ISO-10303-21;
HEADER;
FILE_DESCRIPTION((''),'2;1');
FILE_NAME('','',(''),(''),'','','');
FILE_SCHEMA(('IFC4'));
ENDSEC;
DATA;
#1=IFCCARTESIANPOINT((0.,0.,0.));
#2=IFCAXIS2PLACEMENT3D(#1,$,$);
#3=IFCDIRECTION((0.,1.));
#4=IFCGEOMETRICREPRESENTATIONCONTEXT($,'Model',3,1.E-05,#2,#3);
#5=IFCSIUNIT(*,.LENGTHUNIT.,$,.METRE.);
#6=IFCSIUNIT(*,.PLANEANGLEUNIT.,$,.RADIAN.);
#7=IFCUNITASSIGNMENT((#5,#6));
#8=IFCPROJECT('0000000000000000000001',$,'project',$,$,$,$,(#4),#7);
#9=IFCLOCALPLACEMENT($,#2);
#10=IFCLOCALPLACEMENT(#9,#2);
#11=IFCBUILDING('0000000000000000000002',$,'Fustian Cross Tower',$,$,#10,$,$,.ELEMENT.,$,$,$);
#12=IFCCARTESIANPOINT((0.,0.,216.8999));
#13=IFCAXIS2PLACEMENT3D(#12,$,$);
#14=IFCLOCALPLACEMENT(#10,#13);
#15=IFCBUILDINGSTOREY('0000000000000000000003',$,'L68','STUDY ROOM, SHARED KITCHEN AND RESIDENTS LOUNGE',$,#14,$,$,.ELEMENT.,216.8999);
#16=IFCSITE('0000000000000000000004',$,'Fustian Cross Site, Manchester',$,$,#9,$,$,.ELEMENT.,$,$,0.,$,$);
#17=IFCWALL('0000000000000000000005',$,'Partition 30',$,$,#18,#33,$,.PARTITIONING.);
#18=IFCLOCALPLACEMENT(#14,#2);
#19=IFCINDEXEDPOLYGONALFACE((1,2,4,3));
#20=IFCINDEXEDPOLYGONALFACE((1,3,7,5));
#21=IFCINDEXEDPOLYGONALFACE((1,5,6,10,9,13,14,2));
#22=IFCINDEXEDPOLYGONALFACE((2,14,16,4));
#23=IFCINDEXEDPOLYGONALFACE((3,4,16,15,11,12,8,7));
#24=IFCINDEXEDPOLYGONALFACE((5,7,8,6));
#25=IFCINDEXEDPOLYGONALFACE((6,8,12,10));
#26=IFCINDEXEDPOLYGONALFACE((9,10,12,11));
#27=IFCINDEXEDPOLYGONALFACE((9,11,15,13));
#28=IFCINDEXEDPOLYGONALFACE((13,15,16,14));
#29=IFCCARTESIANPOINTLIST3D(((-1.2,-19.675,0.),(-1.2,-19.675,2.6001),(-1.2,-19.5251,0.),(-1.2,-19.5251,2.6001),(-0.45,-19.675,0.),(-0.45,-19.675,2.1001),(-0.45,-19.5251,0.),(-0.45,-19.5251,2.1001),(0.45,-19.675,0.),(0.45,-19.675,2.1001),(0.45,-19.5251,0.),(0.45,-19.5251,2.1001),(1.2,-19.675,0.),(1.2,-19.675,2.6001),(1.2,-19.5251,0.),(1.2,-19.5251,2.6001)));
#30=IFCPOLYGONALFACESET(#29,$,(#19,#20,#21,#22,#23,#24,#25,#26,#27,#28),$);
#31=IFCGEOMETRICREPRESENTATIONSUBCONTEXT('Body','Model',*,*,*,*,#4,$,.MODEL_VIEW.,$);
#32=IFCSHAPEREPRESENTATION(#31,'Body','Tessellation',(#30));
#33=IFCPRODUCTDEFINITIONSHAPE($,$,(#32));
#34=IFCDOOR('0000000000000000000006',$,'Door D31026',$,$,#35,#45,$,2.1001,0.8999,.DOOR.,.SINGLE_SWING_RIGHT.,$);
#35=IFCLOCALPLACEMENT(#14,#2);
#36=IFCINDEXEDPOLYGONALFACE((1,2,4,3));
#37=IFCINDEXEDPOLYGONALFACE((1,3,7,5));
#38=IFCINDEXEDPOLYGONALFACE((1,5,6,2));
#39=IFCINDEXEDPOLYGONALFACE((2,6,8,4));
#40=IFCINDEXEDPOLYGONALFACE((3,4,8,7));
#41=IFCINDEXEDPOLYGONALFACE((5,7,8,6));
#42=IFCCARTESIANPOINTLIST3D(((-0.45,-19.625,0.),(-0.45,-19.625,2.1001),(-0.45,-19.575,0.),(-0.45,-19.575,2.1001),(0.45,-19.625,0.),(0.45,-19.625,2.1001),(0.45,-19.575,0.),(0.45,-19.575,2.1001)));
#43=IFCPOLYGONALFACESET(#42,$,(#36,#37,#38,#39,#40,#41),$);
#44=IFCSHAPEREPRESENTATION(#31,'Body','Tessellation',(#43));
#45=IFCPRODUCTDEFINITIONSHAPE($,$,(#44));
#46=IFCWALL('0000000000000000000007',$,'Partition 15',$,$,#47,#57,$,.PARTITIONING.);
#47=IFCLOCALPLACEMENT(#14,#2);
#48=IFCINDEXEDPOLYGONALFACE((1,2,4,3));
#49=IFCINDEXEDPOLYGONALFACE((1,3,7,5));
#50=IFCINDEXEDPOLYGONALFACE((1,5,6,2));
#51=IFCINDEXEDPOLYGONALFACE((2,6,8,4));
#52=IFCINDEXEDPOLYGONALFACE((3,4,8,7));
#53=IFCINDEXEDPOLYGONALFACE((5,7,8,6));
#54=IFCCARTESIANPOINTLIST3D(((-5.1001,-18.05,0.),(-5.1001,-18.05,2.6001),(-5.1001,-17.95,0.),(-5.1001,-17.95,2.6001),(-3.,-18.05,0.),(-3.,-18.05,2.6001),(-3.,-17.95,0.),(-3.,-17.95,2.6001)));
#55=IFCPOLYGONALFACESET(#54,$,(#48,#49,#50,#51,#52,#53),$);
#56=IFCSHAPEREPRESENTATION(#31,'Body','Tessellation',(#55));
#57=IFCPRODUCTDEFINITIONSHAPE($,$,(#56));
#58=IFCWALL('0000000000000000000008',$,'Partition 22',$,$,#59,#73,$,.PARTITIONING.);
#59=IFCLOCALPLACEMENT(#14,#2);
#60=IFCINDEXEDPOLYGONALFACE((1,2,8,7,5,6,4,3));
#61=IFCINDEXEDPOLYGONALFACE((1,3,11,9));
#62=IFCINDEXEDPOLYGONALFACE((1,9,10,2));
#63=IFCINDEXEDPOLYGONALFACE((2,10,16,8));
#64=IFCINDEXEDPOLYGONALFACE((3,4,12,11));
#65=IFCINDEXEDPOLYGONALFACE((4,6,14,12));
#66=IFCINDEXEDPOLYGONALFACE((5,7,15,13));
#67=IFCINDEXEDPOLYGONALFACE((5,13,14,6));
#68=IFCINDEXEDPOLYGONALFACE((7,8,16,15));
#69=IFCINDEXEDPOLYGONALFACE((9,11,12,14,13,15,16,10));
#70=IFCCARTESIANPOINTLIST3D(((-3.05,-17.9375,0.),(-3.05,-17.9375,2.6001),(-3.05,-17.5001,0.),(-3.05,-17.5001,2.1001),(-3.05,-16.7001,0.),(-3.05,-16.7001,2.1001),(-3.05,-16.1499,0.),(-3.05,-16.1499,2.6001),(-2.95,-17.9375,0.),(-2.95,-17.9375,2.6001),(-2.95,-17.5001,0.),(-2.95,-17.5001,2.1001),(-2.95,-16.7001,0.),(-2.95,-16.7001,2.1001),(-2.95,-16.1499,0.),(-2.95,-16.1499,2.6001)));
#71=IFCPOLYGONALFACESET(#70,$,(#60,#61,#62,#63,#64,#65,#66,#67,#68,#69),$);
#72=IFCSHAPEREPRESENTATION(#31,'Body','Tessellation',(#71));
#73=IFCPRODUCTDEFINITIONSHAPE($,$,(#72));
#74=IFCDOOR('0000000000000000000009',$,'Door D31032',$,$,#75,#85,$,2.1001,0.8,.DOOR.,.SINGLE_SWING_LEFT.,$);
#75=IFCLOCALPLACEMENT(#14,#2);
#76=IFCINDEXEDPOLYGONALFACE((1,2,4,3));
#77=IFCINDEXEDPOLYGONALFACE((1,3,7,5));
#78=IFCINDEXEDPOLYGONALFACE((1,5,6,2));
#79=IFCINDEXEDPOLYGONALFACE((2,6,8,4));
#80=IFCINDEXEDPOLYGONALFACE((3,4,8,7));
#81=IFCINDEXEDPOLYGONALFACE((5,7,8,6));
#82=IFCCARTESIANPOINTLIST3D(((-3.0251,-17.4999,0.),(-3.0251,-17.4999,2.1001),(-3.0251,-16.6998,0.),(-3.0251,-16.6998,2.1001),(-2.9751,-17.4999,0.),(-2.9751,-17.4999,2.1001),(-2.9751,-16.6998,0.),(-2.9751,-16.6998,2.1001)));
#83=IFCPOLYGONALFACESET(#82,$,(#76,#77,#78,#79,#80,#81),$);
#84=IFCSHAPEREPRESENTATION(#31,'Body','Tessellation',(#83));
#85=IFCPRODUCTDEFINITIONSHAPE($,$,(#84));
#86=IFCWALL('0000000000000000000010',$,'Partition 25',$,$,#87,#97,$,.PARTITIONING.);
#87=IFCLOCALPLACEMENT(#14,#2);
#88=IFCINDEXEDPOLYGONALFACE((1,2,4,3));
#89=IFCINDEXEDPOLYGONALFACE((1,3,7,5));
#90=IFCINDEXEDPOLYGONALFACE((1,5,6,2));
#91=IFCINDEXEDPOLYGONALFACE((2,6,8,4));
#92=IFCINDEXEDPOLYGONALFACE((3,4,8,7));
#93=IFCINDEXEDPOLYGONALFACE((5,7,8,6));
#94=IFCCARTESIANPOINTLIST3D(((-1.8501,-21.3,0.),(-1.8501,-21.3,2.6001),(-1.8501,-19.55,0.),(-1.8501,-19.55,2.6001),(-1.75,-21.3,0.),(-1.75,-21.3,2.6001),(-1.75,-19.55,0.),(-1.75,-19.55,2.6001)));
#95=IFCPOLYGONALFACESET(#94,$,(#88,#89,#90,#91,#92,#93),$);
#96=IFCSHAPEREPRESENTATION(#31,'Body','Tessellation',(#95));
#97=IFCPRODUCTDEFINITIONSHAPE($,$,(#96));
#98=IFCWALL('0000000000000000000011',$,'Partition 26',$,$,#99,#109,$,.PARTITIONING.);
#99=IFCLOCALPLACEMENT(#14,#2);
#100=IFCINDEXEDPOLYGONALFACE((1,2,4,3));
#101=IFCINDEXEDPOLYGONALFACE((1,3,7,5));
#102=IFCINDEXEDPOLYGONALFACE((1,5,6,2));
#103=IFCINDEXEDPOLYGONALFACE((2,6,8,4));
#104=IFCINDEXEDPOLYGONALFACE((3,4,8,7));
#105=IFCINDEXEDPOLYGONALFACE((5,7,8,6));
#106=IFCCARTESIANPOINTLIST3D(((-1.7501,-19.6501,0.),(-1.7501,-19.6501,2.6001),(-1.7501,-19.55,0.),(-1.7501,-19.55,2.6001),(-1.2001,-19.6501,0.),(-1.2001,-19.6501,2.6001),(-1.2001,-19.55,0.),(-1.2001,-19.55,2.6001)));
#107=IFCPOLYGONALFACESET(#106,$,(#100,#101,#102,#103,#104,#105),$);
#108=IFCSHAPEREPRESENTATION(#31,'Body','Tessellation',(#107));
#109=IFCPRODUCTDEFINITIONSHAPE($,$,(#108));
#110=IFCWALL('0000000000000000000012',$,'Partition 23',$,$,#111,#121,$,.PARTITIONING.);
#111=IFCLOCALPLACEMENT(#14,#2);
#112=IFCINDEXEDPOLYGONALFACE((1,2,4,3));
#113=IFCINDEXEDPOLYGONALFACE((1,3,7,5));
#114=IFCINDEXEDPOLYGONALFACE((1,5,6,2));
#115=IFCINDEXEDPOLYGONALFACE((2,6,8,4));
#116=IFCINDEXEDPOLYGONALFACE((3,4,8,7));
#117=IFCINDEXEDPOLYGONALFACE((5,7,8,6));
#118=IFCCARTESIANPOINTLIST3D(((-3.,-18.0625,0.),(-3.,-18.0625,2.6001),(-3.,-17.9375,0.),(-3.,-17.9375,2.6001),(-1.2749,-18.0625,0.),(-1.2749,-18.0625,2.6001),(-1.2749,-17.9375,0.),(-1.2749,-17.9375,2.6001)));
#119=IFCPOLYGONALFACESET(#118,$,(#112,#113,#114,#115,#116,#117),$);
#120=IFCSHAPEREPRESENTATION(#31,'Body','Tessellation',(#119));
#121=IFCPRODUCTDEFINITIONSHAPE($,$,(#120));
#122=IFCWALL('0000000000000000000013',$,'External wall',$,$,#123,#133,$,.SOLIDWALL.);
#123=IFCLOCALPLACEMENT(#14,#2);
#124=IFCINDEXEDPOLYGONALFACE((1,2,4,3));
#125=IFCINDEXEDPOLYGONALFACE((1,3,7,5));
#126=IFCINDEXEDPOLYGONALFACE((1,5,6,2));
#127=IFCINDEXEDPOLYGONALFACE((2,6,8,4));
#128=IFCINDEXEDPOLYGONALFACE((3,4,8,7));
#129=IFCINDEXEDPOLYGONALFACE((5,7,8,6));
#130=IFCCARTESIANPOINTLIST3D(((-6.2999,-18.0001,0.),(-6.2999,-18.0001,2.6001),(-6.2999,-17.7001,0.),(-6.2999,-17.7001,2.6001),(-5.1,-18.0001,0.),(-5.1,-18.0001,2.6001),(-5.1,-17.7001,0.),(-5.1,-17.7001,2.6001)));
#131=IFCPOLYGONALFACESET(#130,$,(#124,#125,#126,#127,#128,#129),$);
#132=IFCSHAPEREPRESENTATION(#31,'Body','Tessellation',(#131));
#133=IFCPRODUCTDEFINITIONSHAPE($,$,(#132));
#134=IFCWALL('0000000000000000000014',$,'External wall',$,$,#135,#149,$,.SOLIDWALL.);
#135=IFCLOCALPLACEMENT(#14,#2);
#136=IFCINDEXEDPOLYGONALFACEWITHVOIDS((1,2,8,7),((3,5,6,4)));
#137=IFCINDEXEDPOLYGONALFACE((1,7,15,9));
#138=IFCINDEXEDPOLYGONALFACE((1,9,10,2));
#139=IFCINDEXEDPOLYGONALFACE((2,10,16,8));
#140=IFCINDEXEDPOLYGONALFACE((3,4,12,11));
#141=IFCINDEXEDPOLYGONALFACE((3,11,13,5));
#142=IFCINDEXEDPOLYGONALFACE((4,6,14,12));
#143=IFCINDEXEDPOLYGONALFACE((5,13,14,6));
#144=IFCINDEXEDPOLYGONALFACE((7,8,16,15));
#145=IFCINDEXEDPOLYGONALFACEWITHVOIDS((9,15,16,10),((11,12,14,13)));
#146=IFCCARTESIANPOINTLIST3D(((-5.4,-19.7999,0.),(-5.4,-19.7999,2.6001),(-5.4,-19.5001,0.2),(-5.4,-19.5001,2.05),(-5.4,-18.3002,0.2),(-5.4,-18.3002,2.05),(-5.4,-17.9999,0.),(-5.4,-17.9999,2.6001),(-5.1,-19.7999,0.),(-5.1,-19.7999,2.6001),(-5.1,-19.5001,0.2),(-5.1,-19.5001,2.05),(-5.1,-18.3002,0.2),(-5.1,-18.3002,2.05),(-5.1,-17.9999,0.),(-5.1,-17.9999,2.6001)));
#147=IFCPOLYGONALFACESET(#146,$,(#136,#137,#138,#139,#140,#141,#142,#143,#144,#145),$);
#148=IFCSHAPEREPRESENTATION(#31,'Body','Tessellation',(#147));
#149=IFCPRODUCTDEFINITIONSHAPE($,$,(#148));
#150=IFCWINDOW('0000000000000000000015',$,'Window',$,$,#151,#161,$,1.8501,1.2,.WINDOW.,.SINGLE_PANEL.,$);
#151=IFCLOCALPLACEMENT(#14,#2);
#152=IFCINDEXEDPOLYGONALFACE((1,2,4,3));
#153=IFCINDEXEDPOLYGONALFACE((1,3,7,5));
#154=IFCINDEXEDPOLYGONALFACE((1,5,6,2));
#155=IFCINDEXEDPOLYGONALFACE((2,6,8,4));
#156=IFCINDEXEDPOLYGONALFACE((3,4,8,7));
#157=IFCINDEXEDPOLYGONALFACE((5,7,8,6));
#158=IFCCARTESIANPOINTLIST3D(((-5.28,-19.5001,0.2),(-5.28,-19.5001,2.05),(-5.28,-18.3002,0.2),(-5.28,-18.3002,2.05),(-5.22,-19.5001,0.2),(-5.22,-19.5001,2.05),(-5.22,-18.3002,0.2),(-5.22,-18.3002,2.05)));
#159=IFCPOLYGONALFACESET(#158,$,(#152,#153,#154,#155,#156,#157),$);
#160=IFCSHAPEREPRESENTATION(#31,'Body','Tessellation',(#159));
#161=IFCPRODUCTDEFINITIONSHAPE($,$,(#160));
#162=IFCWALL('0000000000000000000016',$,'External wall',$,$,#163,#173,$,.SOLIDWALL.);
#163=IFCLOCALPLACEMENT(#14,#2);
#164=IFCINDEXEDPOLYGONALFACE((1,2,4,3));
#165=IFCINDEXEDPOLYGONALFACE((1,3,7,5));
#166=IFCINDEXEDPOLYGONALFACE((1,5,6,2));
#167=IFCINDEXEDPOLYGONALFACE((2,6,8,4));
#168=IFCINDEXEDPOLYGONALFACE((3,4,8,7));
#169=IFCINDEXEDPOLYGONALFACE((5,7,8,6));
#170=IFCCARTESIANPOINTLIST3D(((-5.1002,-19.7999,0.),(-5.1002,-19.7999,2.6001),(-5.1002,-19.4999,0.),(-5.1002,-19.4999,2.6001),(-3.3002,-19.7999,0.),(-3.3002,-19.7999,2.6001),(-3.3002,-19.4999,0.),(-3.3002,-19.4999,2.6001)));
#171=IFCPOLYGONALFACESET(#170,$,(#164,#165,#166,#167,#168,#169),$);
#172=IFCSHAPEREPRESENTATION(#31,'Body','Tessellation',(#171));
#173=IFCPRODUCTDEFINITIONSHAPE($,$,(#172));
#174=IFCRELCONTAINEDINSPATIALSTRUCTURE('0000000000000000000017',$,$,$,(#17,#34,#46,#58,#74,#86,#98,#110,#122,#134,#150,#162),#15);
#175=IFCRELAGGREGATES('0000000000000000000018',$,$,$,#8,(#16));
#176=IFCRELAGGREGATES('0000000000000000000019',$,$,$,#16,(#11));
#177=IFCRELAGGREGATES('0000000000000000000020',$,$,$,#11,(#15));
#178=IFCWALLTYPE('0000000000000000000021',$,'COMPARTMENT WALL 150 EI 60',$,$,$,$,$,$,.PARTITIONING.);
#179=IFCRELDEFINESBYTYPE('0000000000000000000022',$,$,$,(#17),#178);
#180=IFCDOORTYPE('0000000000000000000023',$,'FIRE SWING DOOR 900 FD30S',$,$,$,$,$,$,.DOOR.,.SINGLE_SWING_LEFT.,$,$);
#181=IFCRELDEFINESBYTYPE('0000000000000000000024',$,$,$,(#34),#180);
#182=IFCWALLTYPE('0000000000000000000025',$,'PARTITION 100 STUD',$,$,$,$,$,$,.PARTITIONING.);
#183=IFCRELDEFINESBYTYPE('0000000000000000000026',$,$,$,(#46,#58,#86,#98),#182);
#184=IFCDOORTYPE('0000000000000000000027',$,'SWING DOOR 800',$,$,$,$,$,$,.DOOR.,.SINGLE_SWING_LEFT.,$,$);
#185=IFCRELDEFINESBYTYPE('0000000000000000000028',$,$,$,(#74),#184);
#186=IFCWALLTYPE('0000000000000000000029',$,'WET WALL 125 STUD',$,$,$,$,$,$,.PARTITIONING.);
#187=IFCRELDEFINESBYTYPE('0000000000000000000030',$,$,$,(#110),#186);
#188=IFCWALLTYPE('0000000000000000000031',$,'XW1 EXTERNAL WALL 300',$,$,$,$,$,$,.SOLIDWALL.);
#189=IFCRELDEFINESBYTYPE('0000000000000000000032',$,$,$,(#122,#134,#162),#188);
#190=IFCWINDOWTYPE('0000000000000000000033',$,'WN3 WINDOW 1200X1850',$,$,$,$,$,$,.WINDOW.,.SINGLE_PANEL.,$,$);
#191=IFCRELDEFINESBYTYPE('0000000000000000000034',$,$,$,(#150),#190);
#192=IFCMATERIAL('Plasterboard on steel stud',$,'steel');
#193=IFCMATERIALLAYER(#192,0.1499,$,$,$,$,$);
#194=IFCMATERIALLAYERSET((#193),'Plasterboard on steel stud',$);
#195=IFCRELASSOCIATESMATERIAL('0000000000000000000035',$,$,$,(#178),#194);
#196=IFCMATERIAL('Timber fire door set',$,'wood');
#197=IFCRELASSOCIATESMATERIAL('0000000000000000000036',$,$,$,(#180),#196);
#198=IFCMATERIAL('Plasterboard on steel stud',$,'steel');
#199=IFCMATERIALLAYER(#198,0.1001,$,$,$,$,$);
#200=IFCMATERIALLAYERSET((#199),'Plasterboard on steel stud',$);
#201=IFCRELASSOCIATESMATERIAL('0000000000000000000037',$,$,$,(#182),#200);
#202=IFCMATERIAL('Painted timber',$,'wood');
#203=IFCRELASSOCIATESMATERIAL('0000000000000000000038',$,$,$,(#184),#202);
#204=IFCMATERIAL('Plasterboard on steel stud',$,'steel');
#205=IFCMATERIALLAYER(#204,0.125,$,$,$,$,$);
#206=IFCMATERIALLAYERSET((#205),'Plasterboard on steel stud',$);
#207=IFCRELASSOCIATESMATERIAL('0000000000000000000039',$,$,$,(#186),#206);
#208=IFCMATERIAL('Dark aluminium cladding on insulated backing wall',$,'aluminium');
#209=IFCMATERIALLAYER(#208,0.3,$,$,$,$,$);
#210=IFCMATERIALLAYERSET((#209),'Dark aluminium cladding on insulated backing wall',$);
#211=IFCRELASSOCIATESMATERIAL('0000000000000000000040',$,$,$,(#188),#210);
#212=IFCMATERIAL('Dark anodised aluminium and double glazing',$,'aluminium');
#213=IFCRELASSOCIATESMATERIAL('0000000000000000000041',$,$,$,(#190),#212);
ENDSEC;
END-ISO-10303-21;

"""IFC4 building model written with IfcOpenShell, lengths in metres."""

from ifc_helpers import new_model, si_unit, direction, frame, frame_2d, origin, place, context, subcontext, project, spatial, rectangle, extrude, material, layer, layer_set, type_object, element, fill, save


model = new_model("IFC4")

# Units and contexts
model_context = context("Model", 3, precision=1e-05, world=origin(), true_north=direction((0.0, 1.0)))
body_context = subcontext(model_context, "Body", "Model", "MODEL_VIEW")
ifc_project = project(units=[si_unit("LENGTHUNIT", "METRE"), si_unit("PLANEANGLEUNIT", "RADIAN")], contexts=[model_context])

# Site, building, storey
site_placement = place(None, origin())
site = spatial("IfcSite", under=ifc_project, at=site_placement, Name="Fustian Cross Site, Manchester", CompositionType="ELEMENT", RefElevation=0.0)
building_placement = place(site_placement, origin())
building = spatial("IfcBuilding", under=site, at=building_placement, Name="Fustian Cross Tower", CompositionType="ELEMENT")
storey_placement = place(building_placement, frame((0.0, 0.0, 216.8999)))
storey = spatial("IfcBuildingStorey", under=building, at=storey_placement, Name="L68", Description="STUDY ROOM, SHARED KITCHEN AND RESIDENTS LOUNGE", CompositionType="ELEMENT", Elevation=216.8999)

# Shared definitions
ifc_material_1 = material(Name="Plasterboard on steel stud", Category="steel")
ifc_layer_1 = layer(ifc_material_1, 0.1499)
ifc_layer_set_1 = layer_set([ifc_layer_1], Name="Plasterboard on steel stud")
wall_type_1 = type_object("IfcWallType", Name="COMPARTMENT WALL 150 EI 60", PredefinedType="PARTITIONING", material=ifc_layer_set_1)
ifc_material_2 = material(Name="Timber fire door set", Category="wood")
door_type_1 = type_object("IfcDoorType", Name="FIRE SWING DOOR 900 FD30S", OperationType="SINGLE_SWING_LEFT", PredefinedType="DOOR", material=ifc_material_2)

# Wall, opening, door
wall_1_placement = place(storey_placement, frame((-1.2, -19.6001, 0.0), z_axis=(0.0, 0.0, 1.0), x_axis=(1.0, 0.0, 0.0)))
wall_1 = element("IfcWall", 1, at=wall_1_placement, inside=storey, type_object=wall_type_1, Name="Partition 30", PredefinedType="PARTITIONING", context=body_context, shape_type="SweptSolid", body=[
    extrude(rectangle(XDim=2.3999, YDim=0.1499, at=frame_2d((1.2, 0.0))), origin(), (0.0, 0.0, 1.0), 2.6001),
])
opening_1_placement = place(wall_1_placement, frame((0.75, 0.0, 0.0)))
opening_1 = element("IfcOpeningElement", 2, at=opening_1_placement, cuts=wall_1, PredefinedType="OPENING", context=body_context, shape_type="SweptSolid", body=[
    extrude(rectangle(XDim=0.8999, YDim=2.1001, at=frame_2d((0.45, 1.05))), frame((0.0, 0.085, 0.0), z_axis=(0.0, -1.0, 0.0), x_axis=(1.0, 0.0, 0.0)), (0.0, 0.0, 1.0), 0.1699),
])
door_1_placement = place(opening_1_placement, frame((0.8999, 0.0, 0.0), z_axis=(0.0, 0.0, 1.0), x_axis=(-1.0, 0.0, 0.0)))
door_1 = element("IfcDoor", 3, at=door_1_placement, inside=storey, type_object=door_type_1, Name="Door D31026", OperationType="SINGLE_SWING_RIGHT", OverallHeight=2.1001, OverallWidth=0.8999, PredefinedType="DOOR", context=body_context, shape_type="SweptSolid", body=[
    extrude(rectangle(XDim=0.8999, YDim=2.1001, at=frame_2d((0.45, 1.05))), frame((0.0, 0.0249, 0.0), z_axis=(0.0, -1.0, 0.0), x_axis=(1.0, 0.0, 0.0)), (0.0, 0.0, 1.0), 0.05),
])
fill(opening_1, door_1)

# Wall
ifc_material_3 = material(Name="Plasterboard on steel stud", Category="steel")
ifc_layer_2 = layer(ifc_material_3, 0.1001)
ifc_layer_set_2 = layer_set([ifc_layer_2], Name="Plasterboard on steel stud")
wall_type_2 = type_object("IfcWallType", Name="PARTITION 100 STUD", PredefinedType="PARTITIONING", material=ifc_layer_set_2)
wall_2_placement = place(storey_placement, frame((-5.1001, -18.0, 0.0), z_axis=(0.0, 0.0, 1.0), x_axis=(1.0, 0.0, 0.0)))
element("IfcWall", 4, at=wall_2_placement, inside=storey, type_object=wall_type_2, Name="Partition 15", PredefinedType="PARTITIONING", context=body_context, shape_type="SweptSolid", body=[
    extrude(rectangle(XDim=2.1001, YDim=0.1001, at=frame_2d((1.05, 0.0))), origin(), (0.0, 0.0, 1.0), 2.6001),
])

# Wall, opening, door
wall_3_placement = place(storey_placement, frame((-3.0, -17.9375, 0.0), z_axis=(0.0, 0.0, 1.0), x_axis=(0.0, 1.0, 0.0)))
wall_3 = element("IfcWall", 5, at=wall_3_placement, inside=storey, type_object=wall_type_2, Name="Partition 22", PredefinedType="PARTITIONING", context=body_context, shape_type="SweptSolid", body=[
    extrude(rectangle(XDim=1.7876, YDim=0.1001, at=frame_2d((0.8938, 0.0))), origin(), (0.0, 0.0, 1.0), 2.6001),
])
opening_2_placement = place(wall_3_placement, frame((0.4375, 0.0, 0.0)))
opening_2 = element("IfcOpeningElement", 6, at=opening_2_placement, cuts=wall_3, PredefinedType="OPENING", context=body_context, shape_type="SweptSolid", body=[
    extrude(rectangle(XDim=0.8, YDim=2.1001, at=frame_2d((0.3999, 1.05))), frame((0.0, 0.0601, 0.0), z_axis=(0.0, -1.0, 0.0), x_axis=(1.0, 0.0, 0.0)), (0.0, 0.0, 1.0), 0.1201),
])
ifc_material_4 = material(Name="Painted timber", Category="wood")
door_type_2 = type_object("IfcDoorType", Name="SWING DOOR 800", OperationType="SINGLE_SWING_LEFT", PredefinedType="DOOR", material=ifc_material_4)
door_2_placement = place(opening_2_placement, frame((0.8, 0.0, 0.0), z_axis=(0.0, 0.0, 1.0), x_axis=(-1.0, 0.0, 0.0)))
door_2 = element("IfcDoor", 7, at=door_2_placement, inside=storey, type_object=door_type_2, Name="Door D31032", OperationType="SINGLE_SWING_LEFT", OverallHeight=2.1001, OverallWidth=0.8, PredefinedType="DOOR", context=body_context, shape_type="SweptSolid", body=[
    extrude(rectangle(XDim=0.8, YDim=2.1001, at=frame_2d((0.3999, 1.05))), frame((0.0, 0.0249, 0.0), z_axis=(0.0, -1.0, 0.0), x_axis=(1.0, 0.0, 0.0)), (0.0, 0.0, 1.0), 0.05),
])
fill(opening_2, door_2)

# Walls
wall_4_placement = place(storey_placement, frame((-1.8, -21.3, 0.0), z_axis=(0.0, 0.0, 1.0), x_axis=(0.0, 1.0, 0.0)))
element("IfcWall", 8, at=wall_4_placement, inside=storey, type_object=wall_type_2, Name="Partition 25", PredefinedType="PARTITIONING", context=body_context, shape_type="SweptSolid", body=[
    extrude(rectangle(XDim=1.75, YDim=0.1001, at=frame_2d((0.875, 0.0))), origin(), (0.0, 0.0, 1.0), 2.6001),
])
wall_5_placement = place(storey_placement, frame((-1.75, -19.6001, 0.0), z_axis=(0.0, 0.0, 1.0), x_axis=(1.0, 0.0, 0.0)))
element("IfcWall", 9, at=wall_5_placement, inside=storey, type_object=wall_type_2, Name="Partition 26", PredefinedType="PARTITIONING", context=body_context, shape_type="SweptSolid", body=[
    extrude(rectangle(XDim=0.55, YDim=0.1001, at=frame_2d((0.2749, 0.0))), origin(), (0.0, 0.0, 1.0), 2.6001),
])
ifc_material_5 = material(Name="Plasterboard on steel stud", Category="steel")
ifc_layer_3 = layer(ifc_material_5, 0.125)
ifc_layer_set_3 = layer_set([ifc_layer_3], Name="Plasterboard on steel stud")
wall_type_3 = type_object("IfcWallType", Name="WET WALL 125 STUD", PredefinedType="PARTITIONING", material=ifc_layer_set_3)
wall_6_placement = place(storey_placement, frame((-3.0, -18.0, 0.0), z_axis=(0.0, 0.0, 1.0), x_axis=(1.0, 0.0, 0.0)))
element("IfcWall", 10, at=wall_6_placement, inside=storey, type_object=wall_type_3, Name="Partition 23", PredefinedType="PARTITIONING", context=body_context, shape_type="SweptSolid", body=[
    extrude(rectangle(XDim=1.7251, YDim=0.125, at=frame_2d((0.8625, 0.0))), origin(), (0.0, 0.0, 1.0), 2.6001),
])
ifc_material_6 = material(Name="Dark aluminium cladding on insulated backing wall", Category="aluminium")
ifc_layer_4 = layer(ifc_material_6, 0.3)
ifc_layer_set_4 = layer_set([ifc_layer_4], Name="Dark aluminium cladding on insulated backing wall")
wall_type_4 = type_object("IfcWallType", Name="XW1 EXTERNAL WALL 300", PredefinedType="SOLIDWALL", material=ifc_layer_set_4)
wall_7_placement = place(storey_placement, frame((-6.3, -17.8501, 0.0), z_axis=(0.0, 0.0, 1.0), x_axis=(1.0, 0.0, 0.0)))
element("IfcWall", 11, at=wall_7_placement, inside=storey, type_object=wall_type_4, Name="External wall", PredefinedType="SOLIDWALL", context=body_context, shape_type="SweptSolid", body=[
    extrude(rectangle(XDim=1.2, YDim=0.3, at=frame_2d((0.6001, 0.0))), origin(), (0.0, 0.0, 1.0), 2.6001),
])

# Wall, opening, window
wall_8_placement = place(storey_placement, frame((-5.25, -18.0, 0.0), z_axis=(0.0, 0.0, 1.0), x_axis=(0.0, -1.0, 0.0)))
wall_8 = element("IfcWall", 12, at=wall_8_placement, inside=storey, type_object=wall_type_4, Name="External wall", PredefinedType="SOLIDWALL", context=body_context, shape_type="SweptSolid", body=[
    extrude(rectangle(XDim=1.8, YDim=0.3, at=frame_2d((0.8999, 0.0))), origin(), (0.0, 0.0, 1.0), 2.6001),
])
opening_3_placement = place(wall_8_placement, frame((0.3, 0.0, 0.2)))
opening_3 = element("IfcOpeningElement", 13, at=opening_3_placement, cuts=wall_8, PredefinedType="OPENING", context=body_context, shape_type="SweptSolid", body=[
    extrude(rectangle(XDim=1.2, YDim=1.8501, at=frame_2d((0.6001, 0.925))), frame((0.0, 0.1599, 0.0), z_axis=(0.0, -1.0, 0.0), x_axis=(1.0, 0.0, 0.0)), (0.0, 0.0, 1.0), 0.3201),
])
ifc_material_7 = material(Name="Dark anodised aluminium and double glazing", Category="aluminium")
window_type_1 = type_object("IfcWindowType", Name="WN3 WINDOW 1200X1850", PartitioningType="SINGLE_PANEL", PredefinedType="WINDOW", material=ifc_material_7)
window_1_placement = place(opening_3_placement, origin())
window_1 = element("IfcWindow", 14, at=window_1_placement, inside=storey, type_object=window_type_1, Name="Window", OverallHeight=1.8501, OverallWidth=1.2, PartitioningType="SINGLE_PANEL", PredefinedType="WINDOW", context=body_context, shape_type="SweptSolid", body=[
    extrude(rectangle(XDim=1.2, YDim=1.8501, at=frame_2d((0.6001, 0.925))), frame((0.0, 0.03, 0.0), z_axis=(0.0, -1.0, 0.0), x_axis=(1.0, 0.0, 0.0)), (0.0, 0.0, 1.0), 0.0601),
])
fill(opening_3, window_1)

# Wall
wall_9_placement = place(storey_placement, frame((-5.1001, -19.6499, 0.0), z_axis=(0.0, 0.0, 1.0), x_axis=(1.0, 0.0, 0.0)))
element("IfcWall", 15, at=wall_9_placement, inside=storey, type_object=wall_type_4, Name="External wall", PredefinedType="SOLIDWALL", context=body_context, shape_type="SweptSolid", body=[
    extrude(rectangle(XDim=1.8, YDim=0.3, at=frame_2d((0.8999, 0.0))), origin(), (0.0, 0.0, 1.0), 2.6001),
])

save(model, "model.ifc")
